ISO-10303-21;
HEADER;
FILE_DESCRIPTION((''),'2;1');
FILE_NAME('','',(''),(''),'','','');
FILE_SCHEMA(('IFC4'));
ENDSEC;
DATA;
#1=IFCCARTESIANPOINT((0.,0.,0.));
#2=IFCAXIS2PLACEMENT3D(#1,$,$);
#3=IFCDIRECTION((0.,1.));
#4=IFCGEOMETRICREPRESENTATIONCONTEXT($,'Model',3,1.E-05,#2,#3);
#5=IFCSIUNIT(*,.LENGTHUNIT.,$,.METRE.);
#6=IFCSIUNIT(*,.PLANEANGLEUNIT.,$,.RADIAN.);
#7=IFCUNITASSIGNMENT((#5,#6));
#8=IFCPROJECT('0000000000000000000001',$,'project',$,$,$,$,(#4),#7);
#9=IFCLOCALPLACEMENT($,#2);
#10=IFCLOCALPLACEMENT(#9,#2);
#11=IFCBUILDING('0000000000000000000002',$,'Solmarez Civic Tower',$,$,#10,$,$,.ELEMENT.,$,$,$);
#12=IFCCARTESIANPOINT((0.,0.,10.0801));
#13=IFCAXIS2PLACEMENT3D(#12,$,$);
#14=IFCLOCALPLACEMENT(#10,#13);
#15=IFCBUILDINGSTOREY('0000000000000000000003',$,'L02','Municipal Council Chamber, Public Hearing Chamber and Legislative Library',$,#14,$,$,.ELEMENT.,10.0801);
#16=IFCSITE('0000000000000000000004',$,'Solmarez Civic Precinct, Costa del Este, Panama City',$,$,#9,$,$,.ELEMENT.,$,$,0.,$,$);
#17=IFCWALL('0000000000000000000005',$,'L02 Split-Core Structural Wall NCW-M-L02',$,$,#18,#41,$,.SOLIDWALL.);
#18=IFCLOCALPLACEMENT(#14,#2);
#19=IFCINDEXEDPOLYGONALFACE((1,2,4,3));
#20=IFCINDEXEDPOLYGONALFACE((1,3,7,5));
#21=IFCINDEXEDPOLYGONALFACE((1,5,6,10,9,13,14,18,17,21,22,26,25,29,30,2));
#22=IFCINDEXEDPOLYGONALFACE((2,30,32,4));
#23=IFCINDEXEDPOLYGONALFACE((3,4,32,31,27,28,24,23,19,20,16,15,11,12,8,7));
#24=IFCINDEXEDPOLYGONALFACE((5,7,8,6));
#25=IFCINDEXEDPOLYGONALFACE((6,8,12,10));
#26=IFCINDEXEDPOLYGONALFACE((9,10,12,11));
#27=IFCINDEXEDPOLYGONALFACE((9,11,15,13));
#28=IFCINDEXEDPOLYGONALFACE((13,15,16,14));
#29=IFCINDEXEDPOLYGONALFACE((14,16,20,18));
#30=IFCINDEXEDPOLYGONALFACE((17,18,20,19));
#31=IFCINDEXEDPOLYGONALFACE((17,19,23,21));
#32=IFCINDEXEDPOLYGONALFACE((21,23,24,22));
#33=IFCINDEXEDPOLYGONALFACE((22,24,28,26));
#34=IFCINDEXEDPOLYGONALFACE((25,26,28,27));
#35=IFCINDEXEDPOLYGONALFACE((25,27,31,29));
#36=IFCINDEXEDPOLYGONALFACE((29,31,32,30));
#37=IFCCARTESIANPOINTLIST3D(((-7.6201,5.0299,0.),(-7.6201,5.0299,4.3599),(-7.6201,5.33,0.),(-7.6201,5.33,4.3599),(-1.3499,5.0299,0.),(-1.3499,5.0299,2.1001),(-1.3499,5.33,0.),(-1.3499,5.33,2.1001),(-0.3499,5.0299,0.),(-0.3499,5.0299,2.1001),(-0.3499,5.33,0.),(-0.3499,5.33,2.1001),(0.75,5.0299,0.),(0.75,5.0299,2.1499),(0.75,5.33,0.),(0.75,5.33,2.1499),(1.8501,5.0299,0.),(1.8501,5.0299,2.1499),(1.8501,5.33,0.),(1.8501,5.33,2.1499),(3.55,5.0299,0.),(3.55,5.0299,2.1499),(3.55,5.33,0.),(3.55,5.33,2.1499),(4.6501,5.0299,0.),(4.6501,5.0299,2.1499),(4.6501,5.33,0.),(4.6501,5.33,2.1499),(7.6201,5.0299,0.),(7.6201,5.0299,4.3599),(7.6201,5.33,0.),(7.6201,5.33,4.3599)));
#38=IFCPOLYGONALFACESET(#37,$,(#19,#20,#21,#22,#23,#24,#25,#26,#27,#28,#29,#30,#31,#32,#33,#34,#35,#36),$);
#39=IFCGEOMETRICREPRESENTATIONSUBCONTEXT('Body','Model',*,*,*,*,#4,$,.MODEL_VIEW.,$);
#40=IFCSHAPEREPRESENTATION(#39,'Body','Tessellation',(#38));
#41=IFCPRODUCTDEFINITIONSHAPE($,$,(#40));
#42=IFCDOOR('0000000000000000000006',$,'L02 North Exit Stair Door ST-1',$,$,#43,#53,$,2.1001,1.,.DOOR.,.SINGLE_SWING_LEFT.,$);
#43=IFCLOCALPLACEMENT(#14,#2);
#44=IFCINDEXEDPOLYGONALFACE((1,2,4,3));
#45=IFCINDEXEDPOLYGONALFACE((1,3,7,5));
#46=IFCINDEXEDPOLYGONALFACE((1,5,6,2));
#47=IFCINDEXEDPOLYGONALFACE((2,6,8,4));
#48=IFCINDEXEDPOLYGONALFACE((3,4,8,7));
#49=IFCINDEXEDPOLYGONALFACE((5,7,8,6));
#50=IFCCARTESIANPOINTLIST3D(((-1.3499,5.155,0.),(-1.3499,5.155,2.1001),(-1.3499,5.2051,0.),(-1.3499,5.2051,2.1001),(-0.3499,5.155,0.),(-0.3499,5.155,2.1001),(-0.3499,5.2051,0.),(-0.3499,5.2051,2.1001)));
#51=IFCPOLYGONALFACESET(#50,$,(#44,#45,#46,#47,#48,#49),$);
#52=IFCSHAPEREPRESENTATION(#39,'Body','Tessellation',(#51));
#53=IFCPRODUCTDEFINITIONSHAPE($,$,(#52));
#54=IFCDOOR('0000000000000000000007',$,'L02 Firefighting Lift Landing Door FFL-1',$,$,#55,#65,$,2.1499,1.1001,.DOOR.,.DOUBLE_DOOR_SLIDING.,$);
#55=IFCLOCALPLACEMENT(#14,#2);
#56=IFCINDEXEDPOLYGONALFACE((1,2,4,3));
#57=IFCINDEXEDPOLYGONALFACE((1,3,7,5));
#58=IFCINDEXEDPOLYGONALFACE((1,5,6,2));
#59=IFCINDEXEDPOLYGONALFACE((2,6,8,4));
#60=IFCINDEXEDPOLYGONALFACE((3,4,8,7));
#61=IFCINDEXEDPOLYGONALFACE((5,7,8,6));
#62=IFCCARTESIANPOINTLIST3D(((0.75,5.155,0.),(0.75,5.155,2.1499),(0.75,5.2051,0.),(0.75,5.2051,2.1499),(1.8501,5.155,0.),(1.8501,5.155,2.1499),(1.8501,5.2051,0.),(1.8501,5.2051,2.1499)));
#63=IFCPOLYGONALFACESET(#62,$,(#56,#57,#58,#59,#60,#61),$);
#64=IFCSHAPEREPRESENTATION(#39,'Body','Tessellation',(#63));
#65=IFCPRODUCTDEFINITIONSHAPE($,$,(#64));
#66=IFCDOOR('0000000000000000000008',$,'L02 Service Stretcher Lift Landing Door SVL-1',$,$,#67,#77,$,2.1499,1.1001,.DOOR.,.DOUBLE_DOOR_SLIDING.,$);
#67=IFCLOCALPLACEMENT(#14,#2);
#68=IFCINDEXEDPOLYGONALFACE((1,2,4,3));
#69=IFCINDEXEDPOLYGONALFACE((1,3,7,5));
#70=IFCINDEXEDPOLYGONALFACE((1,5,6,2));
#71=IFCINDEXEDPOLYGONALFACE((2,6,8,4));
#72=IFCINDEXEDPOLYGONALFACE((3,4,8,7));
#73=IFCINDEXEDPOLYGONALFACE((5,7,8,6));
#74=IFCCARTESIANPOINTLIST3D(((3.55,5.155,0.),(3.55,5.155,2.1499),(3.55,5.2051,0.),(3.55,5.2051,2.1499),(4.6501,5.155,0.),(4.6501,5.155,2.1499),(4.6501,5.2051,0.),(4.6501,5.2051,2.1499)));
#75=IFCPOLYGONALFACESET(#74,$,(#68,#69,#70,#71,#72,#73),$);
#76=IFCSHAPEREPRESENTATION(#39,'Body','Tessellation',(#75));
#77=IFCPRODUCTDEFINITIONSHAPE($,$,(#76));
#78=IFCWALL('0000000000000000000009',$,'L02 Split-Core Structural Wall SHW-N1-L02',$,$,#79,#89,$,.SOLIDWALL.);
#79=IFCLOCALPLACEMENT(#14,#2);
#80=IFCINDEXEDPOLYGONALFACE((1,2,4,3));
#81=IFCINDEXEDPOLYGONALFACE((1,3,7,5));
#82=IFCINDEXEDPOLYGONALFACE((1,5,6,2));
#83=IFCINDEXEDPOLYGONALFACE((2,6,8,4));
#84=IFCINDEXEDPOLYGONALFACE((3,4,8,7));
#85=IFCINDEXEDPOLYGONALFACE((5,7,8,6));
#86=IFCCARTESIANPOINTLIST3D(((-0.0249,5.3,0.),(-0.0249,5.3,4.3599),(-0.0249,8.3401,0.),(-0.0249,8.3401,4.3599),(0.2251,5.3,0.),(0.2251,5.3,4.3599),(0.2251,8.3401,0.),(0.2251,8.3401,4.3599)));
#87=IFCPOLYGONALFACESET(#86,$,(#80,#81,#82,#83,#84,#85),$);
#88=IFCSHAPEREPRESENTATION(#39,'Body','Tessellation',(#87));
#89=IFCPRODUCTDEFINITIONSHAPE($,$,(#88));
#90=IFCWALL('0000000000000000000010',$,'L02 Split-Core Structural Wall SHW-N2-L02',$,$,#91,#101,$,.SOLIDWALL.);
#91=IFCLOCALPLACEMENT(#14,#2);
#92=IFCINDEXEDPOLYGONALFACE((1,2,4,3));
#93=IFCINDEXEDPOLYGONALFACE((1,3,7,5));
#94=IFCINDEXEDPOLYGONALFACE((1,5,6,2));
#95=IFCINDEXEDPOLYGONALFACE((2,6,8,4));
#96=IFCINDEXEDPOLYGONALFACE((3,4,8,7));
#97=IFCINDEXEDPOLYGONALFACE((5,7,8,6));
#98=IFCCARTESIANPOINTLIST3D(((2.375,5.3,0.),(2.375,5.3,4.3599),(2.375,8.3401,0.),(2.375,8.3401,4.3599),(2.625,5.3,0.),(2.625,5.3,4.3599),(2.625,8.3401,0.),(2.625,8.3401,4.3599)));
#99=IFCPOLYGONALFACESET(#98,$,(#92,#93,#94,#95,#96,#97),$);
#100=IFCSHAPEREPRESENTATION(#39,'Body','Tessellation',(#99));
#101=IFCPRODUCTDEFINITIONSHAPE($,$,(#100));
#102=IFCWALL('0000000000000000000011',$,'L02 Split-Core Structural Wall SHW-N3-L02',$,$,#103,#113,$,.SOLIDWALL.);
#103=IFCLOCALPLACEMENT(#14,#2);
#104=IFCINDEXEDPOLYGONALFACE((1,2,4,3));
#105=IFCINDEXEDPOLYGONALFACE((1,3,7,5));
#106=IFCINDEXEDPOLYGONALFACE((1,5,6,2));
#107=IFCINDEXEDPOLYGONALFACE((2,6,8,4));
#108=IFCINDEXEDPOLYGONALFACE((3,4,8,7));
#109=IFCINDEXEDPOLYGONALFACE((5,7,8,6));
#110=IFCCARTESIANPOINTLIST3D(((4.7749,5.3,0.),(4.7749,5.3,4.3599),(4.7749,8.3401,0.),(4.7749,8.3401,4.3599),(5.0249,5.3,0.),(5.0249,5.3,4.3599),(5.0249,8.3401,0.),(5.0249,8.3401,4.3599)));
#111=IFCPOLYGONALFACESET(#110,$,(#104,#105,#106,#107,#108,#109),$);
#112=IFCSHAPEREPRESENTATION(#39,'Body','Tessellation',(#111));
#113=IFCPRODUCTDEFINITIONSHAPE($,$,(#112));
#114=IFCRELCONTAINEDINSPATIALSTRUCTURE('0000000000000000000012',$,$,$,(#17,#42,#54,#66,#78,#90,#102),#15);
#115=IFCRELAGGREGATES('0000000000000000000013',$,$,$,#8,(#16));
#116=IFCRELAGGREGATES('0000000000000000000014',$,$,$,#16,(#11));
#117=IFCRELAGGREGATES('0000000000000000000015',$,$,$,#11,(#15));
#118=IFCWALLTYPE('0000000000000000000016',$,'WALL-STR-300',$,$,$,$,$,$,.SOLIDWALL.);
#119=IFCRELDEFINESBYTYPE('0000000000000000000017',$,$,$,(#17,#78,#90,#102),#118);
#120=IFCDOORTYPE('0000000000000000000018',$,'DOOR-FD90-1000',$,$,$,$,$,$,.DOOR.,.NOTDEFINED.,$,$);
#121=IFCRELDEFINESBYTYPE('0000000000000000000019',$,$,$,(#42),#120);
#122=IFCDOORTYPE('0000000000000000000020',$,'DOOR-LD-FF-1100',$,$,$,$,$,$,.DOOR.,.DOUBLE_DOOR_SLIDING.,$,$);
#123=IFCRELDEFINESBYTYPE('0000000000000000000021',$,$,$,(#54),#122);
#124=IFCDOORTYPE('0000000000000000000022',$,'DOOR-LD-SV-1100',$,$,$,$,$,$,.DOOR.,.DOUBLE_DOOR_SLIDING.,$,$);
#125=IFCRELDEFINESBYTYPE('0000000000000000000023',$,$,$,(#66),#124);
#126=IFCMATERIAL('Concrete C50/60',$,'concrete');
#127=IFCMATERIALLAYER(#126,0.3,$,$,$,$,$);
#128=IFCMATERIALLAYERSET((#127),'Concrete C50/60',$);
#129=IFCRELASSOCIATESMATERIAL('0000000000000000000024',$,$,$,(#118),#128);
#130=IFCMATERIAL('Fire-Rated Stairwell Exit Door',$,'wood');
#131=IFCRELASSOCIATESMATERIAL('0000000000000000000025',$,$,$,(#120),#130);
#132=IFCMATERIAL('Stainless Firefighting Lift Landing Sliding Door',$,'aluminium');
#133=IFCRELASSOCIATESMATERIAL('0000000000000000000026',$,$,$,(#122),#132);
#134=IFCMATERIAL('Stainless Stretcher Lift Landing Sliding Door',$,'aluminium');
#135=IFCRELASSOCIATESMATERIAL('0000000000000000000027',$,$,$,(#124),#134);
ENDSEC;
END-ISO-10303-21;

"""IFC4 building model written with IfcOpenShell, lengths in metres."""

from ifc_helpers import new_model, si_unit, direction, frame, frame_2d, origin, place, context, subcontext, project, spatial, rectangle, extrude, material, layer, layer_set, type_object, element, fill, save


model = new_model("IFC4")

# Units and contexts
model_context = context("Model", 3, precision=1e-05, world=origin(), true_north=direction((0.0, 1.0)))
body_context = subcontext(model_context, "Body", "Model", "MODEL_VIEW")
ifc_project = project(units=[si_unit("LENGTHUNIT", "METRE"), si_unit("PLANEANGLEUNIT", "RADIAN")], contexts=[model_context])

# Site, building, storey
site_placement = place(None, origin())
site = spatial("IfcSite", under=ifc_project, at=site_placement, Name="Solmarez Civic Precinct, Costa del Este, Panama City", CompositionType="ELEMENT", RefElevation=0.0)
building_placement = place(site_placement, origin())
building = spatial("IfcBuilding", under=site, at=building_placement, Name="Solmarez Civic Tower", CompositionType="ELEMENT")
storey_placement = place(building_placement, frame((0.0, 0.0, 10.0801)))
storey = spatial("IfcBuildingStorey", under=building, at=storey_placement, Name="L02", Description="Municipal Council Chamber, Public Hearing Chamber and Legislative Library", CompositionType="ELEMENT", Elevation=10.0801)

# Wall, openings, doors
ifc_material_1 = material(Name="Concrete C50/60", Category="concrete")
ifc_layer_1 = layer(ifc_material_1, 0.3)
ifc_layer_set_1 = layer_set([ifc_layer_1], Name="Concrete C50/60")
wall_type_1 = type_object("IfcWallType", Name="WALL-STR-300", PredefinedType="SOLIDWALL", material=ifc_layer_set_1)
wall_1_placement = place(storey_placement, frame((7.6201, 5.1799, 0.0), z_axis=(0.0, 0.0, 1.0), x_axis=(-1.0, 0.0, 0.0)))
wall_1 = element("IfcWall", 1, at=wall_1_placement, inside=storey, type_object=wall_type_1, Name="L02 Split-Core Structural Wall NCW-M-L02", PredefinedType="SOLIDWALL", context=body_context, shape_type="SweptSolid", body=[
    extrude(rectangle(XDim=15.2402, YDim=0.3, at=frame_2d((7.6201, 0.0))), origin(), (0.0, 0.0, 1.0), 4.3599),
])
opening_1_placement = place(wall_1_placement, frame((5.77, 0.0, 0.0)))
opening_1 = element("IfcOpeningElement", 2, at=opening_1_placement, cuts=wall_1, PredefinedType="OPENING", context=body_context, shape_type="SweptSolid", body=[
    extrude(rectangle(XDim=1.1001, YDim=2.1499, at=frame_2d((0.55, 1.075))), frame((0.0, 0.1599, 0.0), z_axis=(0.0, -1.0, 0.0), x_axis=(1.0, 0.0, 0.0)), (0.0, 0.0, 1.0), 0.3201),
])
opening_2_placement = place(wall_1_placement, frame((2.97, 0.0, 0.0)))
opening_2 = element("IfcOpeningElement", 3, at=opening_2_placement, cuts=wall_1, PredefinedType="OPENING", context=body_context, shape_type="SweptSolid", body=[
    extrude(rectangle(XDim=1.1001, YDim=2.1499, at=frame_2d((0.55, 1.075))), frame((0.0, 0.1599, 0.0), z_axis=(0.0, -1.0, 0.0), x_axis=(1.0, 0.0, 0.0)), (0.0, 0.0, 1.0), 0.3201),
])
opening_3_placement = place(wall_1_placement, frame((7.97, 0.0, 0.0)))
opening_3 = element("IfcOpeningElement", 4, at=opening_3_placement, cuts=wall_1, PredefinedType="OPENING", context=body_context, shape_type="SweptSolid", body=[
    extrude(rectangle(XDim=1.0, YDim=2.1001, at=frame_2d((0.5, 1.05))), frame((0.0, 0.1599, 0.0), z_axis=(0.0, -1.0, 0.0), x_axis=(1.0, 0.0, 0.0)), (0.0, 0.0, 1.0), 0.3201),
])
ifc_material_2 = material(Name="Fire-Rated Stairwell Exit Door", Category="wood")
door_type_1 = type_object("IfcDoorType", Name="DOOR-FD90-1000", OperationType="NOTDEFINED", PredefinedType="DOOR", material=ifc_material_2)
door_1_placement = place(opening_3_placement, origin())
door_1 = element("IfcDoor", 5, at=door_1_placement, inside=storey, type_object=door_type_1, Name="L02 North Exit Stair Door ST-1", OperationType="SINGLE_SWING_LEFT", OverallHeight=2.1001, OverallWidth=1.0, PredefinedType="DOOR", context=body_context, shape_type="SweptSolid", body=[
    extrude(rectangle(XDim=1.0, YDim=2.1001, at=frame_2d((0.5, 1.05))), frame((0.0, 0.0249, 0.0), z_axis=(0.0, -1.0, 0.0), x_axis=(1.0, 0.0, 0.0)), (0.0, 0.0, 1.0), 0.05),
])
fill(opening_3, door_1)
ifc_material_3 = material(Name="Stainless Firefighting Lift Landing Sliding Door", Category="aluminium")
door_type_2 = type_object("IfcDoorType", Name="DOOR-LD-FF-1100", OperationType="DOUBLE_DOOR_SLIDING", PredefinedType="DOOR", material=ifc_material_3)
door_2_placement = place(opening_1_placement, origin())
door_2 = element("IfcDoor", 6, at=door_2_placement, inside=storey, type_object=door_type_2, Name="L02 Firefighting Lift Landing Door FFL-1", OperationType="DOUBLE_DOOR_SLIDING", OverallHeight=2.1499, OverallWidth=1.1001, PredefinedType="DOOR", context=body_context, shape_type="SweptSolid", body=[
    extrude(rectangle(XDim=1.1001, YDim=2.1499, at=frame_2d((0.55, 1.075))), frame((0.0, 0.0249, 0.0), z_axis=(0.0, -1.0, 0.0), x_axis=(1.0, 0.0, 0.0)), (0.0, 0.0, 1.0), 0.05),
])
fill(opening_1, door_2)
ifc_material_4 = material(Name="Stainless Stretcher Lift Landing Sliding Door", Category="aluminium")
door_type_3 = type_object("IfcDoorType", Name="DOOR-LD-SV-1100", OperationType="DOUBLE_DOOR_SLIDING", PredefinedType="DOOR", material=ifc_material_4)
door_3_placement = place(opening_2_placement, origin())
door_3 = element("IfcDoor", 7, at=door_3_placement, inside=storey, type_object=door_type_3, Name="L02 Service Stretcher Lift Landing Door SVL-1", OperationType="DOUBLE_DOOR_SLIDING", OverallHeight=2.1499, OverallWidth=1.1001, PredefinedType="DOOR", context=body_context, shape_type="SweptSolid", body=[
    extrude(rectangle(XDim=1.1001, YDim=2.1499, at=frame_2d((0.55, 1.075))), frame((0.0, 0.0249, 0.0), z_axis=(0.0, -1.0, 0.0), x_axis=(1.0, 0.0, 0.0)), (0.0, 0.0, 1.0), 0.05),
])
fill(opening_2, door_3)

# Walls
for number, where, z_axis, x_axis, name in (
    (8, (0.1001, 5.3, 0.0), (0.0, 0.0, 1.0), (0.0, 1.0, 0.0), "L02 Split-Core Structural Wall SHW-N1-L02"),
    (9, (2.5, 5.3, 0.0), (0.0, 0.0, 1.0), (0.0, 1.0, 0.0), "L02 Split-Core Structural Wall SHW-N2-L02"),
    (10, (4.8999, 5.3, 0.0), (0.0, 0.0, 1.0), (0.0, 1.0, 0.0), "L02 Split-Core Structural Wall SHW-N3-L02"),
):
    element("IfcWall", number, at=place(storey_placement, frame(where, z_axis=z_axis, x_axis=x_axis)), inside=storey, type_object=wall_type_1, Name=name, PredefinedType="SOLIDWALL", context=body_context, shape_type="SweptSolid", body=[
        extrude(rectangle(XDim=3.04, YDim=0.25, at=frame_2d((1.52, 0.0))), origin(), (0.0, 0.0, 1.0), 4.3599),
    ])

save(model, "model.ifc")
